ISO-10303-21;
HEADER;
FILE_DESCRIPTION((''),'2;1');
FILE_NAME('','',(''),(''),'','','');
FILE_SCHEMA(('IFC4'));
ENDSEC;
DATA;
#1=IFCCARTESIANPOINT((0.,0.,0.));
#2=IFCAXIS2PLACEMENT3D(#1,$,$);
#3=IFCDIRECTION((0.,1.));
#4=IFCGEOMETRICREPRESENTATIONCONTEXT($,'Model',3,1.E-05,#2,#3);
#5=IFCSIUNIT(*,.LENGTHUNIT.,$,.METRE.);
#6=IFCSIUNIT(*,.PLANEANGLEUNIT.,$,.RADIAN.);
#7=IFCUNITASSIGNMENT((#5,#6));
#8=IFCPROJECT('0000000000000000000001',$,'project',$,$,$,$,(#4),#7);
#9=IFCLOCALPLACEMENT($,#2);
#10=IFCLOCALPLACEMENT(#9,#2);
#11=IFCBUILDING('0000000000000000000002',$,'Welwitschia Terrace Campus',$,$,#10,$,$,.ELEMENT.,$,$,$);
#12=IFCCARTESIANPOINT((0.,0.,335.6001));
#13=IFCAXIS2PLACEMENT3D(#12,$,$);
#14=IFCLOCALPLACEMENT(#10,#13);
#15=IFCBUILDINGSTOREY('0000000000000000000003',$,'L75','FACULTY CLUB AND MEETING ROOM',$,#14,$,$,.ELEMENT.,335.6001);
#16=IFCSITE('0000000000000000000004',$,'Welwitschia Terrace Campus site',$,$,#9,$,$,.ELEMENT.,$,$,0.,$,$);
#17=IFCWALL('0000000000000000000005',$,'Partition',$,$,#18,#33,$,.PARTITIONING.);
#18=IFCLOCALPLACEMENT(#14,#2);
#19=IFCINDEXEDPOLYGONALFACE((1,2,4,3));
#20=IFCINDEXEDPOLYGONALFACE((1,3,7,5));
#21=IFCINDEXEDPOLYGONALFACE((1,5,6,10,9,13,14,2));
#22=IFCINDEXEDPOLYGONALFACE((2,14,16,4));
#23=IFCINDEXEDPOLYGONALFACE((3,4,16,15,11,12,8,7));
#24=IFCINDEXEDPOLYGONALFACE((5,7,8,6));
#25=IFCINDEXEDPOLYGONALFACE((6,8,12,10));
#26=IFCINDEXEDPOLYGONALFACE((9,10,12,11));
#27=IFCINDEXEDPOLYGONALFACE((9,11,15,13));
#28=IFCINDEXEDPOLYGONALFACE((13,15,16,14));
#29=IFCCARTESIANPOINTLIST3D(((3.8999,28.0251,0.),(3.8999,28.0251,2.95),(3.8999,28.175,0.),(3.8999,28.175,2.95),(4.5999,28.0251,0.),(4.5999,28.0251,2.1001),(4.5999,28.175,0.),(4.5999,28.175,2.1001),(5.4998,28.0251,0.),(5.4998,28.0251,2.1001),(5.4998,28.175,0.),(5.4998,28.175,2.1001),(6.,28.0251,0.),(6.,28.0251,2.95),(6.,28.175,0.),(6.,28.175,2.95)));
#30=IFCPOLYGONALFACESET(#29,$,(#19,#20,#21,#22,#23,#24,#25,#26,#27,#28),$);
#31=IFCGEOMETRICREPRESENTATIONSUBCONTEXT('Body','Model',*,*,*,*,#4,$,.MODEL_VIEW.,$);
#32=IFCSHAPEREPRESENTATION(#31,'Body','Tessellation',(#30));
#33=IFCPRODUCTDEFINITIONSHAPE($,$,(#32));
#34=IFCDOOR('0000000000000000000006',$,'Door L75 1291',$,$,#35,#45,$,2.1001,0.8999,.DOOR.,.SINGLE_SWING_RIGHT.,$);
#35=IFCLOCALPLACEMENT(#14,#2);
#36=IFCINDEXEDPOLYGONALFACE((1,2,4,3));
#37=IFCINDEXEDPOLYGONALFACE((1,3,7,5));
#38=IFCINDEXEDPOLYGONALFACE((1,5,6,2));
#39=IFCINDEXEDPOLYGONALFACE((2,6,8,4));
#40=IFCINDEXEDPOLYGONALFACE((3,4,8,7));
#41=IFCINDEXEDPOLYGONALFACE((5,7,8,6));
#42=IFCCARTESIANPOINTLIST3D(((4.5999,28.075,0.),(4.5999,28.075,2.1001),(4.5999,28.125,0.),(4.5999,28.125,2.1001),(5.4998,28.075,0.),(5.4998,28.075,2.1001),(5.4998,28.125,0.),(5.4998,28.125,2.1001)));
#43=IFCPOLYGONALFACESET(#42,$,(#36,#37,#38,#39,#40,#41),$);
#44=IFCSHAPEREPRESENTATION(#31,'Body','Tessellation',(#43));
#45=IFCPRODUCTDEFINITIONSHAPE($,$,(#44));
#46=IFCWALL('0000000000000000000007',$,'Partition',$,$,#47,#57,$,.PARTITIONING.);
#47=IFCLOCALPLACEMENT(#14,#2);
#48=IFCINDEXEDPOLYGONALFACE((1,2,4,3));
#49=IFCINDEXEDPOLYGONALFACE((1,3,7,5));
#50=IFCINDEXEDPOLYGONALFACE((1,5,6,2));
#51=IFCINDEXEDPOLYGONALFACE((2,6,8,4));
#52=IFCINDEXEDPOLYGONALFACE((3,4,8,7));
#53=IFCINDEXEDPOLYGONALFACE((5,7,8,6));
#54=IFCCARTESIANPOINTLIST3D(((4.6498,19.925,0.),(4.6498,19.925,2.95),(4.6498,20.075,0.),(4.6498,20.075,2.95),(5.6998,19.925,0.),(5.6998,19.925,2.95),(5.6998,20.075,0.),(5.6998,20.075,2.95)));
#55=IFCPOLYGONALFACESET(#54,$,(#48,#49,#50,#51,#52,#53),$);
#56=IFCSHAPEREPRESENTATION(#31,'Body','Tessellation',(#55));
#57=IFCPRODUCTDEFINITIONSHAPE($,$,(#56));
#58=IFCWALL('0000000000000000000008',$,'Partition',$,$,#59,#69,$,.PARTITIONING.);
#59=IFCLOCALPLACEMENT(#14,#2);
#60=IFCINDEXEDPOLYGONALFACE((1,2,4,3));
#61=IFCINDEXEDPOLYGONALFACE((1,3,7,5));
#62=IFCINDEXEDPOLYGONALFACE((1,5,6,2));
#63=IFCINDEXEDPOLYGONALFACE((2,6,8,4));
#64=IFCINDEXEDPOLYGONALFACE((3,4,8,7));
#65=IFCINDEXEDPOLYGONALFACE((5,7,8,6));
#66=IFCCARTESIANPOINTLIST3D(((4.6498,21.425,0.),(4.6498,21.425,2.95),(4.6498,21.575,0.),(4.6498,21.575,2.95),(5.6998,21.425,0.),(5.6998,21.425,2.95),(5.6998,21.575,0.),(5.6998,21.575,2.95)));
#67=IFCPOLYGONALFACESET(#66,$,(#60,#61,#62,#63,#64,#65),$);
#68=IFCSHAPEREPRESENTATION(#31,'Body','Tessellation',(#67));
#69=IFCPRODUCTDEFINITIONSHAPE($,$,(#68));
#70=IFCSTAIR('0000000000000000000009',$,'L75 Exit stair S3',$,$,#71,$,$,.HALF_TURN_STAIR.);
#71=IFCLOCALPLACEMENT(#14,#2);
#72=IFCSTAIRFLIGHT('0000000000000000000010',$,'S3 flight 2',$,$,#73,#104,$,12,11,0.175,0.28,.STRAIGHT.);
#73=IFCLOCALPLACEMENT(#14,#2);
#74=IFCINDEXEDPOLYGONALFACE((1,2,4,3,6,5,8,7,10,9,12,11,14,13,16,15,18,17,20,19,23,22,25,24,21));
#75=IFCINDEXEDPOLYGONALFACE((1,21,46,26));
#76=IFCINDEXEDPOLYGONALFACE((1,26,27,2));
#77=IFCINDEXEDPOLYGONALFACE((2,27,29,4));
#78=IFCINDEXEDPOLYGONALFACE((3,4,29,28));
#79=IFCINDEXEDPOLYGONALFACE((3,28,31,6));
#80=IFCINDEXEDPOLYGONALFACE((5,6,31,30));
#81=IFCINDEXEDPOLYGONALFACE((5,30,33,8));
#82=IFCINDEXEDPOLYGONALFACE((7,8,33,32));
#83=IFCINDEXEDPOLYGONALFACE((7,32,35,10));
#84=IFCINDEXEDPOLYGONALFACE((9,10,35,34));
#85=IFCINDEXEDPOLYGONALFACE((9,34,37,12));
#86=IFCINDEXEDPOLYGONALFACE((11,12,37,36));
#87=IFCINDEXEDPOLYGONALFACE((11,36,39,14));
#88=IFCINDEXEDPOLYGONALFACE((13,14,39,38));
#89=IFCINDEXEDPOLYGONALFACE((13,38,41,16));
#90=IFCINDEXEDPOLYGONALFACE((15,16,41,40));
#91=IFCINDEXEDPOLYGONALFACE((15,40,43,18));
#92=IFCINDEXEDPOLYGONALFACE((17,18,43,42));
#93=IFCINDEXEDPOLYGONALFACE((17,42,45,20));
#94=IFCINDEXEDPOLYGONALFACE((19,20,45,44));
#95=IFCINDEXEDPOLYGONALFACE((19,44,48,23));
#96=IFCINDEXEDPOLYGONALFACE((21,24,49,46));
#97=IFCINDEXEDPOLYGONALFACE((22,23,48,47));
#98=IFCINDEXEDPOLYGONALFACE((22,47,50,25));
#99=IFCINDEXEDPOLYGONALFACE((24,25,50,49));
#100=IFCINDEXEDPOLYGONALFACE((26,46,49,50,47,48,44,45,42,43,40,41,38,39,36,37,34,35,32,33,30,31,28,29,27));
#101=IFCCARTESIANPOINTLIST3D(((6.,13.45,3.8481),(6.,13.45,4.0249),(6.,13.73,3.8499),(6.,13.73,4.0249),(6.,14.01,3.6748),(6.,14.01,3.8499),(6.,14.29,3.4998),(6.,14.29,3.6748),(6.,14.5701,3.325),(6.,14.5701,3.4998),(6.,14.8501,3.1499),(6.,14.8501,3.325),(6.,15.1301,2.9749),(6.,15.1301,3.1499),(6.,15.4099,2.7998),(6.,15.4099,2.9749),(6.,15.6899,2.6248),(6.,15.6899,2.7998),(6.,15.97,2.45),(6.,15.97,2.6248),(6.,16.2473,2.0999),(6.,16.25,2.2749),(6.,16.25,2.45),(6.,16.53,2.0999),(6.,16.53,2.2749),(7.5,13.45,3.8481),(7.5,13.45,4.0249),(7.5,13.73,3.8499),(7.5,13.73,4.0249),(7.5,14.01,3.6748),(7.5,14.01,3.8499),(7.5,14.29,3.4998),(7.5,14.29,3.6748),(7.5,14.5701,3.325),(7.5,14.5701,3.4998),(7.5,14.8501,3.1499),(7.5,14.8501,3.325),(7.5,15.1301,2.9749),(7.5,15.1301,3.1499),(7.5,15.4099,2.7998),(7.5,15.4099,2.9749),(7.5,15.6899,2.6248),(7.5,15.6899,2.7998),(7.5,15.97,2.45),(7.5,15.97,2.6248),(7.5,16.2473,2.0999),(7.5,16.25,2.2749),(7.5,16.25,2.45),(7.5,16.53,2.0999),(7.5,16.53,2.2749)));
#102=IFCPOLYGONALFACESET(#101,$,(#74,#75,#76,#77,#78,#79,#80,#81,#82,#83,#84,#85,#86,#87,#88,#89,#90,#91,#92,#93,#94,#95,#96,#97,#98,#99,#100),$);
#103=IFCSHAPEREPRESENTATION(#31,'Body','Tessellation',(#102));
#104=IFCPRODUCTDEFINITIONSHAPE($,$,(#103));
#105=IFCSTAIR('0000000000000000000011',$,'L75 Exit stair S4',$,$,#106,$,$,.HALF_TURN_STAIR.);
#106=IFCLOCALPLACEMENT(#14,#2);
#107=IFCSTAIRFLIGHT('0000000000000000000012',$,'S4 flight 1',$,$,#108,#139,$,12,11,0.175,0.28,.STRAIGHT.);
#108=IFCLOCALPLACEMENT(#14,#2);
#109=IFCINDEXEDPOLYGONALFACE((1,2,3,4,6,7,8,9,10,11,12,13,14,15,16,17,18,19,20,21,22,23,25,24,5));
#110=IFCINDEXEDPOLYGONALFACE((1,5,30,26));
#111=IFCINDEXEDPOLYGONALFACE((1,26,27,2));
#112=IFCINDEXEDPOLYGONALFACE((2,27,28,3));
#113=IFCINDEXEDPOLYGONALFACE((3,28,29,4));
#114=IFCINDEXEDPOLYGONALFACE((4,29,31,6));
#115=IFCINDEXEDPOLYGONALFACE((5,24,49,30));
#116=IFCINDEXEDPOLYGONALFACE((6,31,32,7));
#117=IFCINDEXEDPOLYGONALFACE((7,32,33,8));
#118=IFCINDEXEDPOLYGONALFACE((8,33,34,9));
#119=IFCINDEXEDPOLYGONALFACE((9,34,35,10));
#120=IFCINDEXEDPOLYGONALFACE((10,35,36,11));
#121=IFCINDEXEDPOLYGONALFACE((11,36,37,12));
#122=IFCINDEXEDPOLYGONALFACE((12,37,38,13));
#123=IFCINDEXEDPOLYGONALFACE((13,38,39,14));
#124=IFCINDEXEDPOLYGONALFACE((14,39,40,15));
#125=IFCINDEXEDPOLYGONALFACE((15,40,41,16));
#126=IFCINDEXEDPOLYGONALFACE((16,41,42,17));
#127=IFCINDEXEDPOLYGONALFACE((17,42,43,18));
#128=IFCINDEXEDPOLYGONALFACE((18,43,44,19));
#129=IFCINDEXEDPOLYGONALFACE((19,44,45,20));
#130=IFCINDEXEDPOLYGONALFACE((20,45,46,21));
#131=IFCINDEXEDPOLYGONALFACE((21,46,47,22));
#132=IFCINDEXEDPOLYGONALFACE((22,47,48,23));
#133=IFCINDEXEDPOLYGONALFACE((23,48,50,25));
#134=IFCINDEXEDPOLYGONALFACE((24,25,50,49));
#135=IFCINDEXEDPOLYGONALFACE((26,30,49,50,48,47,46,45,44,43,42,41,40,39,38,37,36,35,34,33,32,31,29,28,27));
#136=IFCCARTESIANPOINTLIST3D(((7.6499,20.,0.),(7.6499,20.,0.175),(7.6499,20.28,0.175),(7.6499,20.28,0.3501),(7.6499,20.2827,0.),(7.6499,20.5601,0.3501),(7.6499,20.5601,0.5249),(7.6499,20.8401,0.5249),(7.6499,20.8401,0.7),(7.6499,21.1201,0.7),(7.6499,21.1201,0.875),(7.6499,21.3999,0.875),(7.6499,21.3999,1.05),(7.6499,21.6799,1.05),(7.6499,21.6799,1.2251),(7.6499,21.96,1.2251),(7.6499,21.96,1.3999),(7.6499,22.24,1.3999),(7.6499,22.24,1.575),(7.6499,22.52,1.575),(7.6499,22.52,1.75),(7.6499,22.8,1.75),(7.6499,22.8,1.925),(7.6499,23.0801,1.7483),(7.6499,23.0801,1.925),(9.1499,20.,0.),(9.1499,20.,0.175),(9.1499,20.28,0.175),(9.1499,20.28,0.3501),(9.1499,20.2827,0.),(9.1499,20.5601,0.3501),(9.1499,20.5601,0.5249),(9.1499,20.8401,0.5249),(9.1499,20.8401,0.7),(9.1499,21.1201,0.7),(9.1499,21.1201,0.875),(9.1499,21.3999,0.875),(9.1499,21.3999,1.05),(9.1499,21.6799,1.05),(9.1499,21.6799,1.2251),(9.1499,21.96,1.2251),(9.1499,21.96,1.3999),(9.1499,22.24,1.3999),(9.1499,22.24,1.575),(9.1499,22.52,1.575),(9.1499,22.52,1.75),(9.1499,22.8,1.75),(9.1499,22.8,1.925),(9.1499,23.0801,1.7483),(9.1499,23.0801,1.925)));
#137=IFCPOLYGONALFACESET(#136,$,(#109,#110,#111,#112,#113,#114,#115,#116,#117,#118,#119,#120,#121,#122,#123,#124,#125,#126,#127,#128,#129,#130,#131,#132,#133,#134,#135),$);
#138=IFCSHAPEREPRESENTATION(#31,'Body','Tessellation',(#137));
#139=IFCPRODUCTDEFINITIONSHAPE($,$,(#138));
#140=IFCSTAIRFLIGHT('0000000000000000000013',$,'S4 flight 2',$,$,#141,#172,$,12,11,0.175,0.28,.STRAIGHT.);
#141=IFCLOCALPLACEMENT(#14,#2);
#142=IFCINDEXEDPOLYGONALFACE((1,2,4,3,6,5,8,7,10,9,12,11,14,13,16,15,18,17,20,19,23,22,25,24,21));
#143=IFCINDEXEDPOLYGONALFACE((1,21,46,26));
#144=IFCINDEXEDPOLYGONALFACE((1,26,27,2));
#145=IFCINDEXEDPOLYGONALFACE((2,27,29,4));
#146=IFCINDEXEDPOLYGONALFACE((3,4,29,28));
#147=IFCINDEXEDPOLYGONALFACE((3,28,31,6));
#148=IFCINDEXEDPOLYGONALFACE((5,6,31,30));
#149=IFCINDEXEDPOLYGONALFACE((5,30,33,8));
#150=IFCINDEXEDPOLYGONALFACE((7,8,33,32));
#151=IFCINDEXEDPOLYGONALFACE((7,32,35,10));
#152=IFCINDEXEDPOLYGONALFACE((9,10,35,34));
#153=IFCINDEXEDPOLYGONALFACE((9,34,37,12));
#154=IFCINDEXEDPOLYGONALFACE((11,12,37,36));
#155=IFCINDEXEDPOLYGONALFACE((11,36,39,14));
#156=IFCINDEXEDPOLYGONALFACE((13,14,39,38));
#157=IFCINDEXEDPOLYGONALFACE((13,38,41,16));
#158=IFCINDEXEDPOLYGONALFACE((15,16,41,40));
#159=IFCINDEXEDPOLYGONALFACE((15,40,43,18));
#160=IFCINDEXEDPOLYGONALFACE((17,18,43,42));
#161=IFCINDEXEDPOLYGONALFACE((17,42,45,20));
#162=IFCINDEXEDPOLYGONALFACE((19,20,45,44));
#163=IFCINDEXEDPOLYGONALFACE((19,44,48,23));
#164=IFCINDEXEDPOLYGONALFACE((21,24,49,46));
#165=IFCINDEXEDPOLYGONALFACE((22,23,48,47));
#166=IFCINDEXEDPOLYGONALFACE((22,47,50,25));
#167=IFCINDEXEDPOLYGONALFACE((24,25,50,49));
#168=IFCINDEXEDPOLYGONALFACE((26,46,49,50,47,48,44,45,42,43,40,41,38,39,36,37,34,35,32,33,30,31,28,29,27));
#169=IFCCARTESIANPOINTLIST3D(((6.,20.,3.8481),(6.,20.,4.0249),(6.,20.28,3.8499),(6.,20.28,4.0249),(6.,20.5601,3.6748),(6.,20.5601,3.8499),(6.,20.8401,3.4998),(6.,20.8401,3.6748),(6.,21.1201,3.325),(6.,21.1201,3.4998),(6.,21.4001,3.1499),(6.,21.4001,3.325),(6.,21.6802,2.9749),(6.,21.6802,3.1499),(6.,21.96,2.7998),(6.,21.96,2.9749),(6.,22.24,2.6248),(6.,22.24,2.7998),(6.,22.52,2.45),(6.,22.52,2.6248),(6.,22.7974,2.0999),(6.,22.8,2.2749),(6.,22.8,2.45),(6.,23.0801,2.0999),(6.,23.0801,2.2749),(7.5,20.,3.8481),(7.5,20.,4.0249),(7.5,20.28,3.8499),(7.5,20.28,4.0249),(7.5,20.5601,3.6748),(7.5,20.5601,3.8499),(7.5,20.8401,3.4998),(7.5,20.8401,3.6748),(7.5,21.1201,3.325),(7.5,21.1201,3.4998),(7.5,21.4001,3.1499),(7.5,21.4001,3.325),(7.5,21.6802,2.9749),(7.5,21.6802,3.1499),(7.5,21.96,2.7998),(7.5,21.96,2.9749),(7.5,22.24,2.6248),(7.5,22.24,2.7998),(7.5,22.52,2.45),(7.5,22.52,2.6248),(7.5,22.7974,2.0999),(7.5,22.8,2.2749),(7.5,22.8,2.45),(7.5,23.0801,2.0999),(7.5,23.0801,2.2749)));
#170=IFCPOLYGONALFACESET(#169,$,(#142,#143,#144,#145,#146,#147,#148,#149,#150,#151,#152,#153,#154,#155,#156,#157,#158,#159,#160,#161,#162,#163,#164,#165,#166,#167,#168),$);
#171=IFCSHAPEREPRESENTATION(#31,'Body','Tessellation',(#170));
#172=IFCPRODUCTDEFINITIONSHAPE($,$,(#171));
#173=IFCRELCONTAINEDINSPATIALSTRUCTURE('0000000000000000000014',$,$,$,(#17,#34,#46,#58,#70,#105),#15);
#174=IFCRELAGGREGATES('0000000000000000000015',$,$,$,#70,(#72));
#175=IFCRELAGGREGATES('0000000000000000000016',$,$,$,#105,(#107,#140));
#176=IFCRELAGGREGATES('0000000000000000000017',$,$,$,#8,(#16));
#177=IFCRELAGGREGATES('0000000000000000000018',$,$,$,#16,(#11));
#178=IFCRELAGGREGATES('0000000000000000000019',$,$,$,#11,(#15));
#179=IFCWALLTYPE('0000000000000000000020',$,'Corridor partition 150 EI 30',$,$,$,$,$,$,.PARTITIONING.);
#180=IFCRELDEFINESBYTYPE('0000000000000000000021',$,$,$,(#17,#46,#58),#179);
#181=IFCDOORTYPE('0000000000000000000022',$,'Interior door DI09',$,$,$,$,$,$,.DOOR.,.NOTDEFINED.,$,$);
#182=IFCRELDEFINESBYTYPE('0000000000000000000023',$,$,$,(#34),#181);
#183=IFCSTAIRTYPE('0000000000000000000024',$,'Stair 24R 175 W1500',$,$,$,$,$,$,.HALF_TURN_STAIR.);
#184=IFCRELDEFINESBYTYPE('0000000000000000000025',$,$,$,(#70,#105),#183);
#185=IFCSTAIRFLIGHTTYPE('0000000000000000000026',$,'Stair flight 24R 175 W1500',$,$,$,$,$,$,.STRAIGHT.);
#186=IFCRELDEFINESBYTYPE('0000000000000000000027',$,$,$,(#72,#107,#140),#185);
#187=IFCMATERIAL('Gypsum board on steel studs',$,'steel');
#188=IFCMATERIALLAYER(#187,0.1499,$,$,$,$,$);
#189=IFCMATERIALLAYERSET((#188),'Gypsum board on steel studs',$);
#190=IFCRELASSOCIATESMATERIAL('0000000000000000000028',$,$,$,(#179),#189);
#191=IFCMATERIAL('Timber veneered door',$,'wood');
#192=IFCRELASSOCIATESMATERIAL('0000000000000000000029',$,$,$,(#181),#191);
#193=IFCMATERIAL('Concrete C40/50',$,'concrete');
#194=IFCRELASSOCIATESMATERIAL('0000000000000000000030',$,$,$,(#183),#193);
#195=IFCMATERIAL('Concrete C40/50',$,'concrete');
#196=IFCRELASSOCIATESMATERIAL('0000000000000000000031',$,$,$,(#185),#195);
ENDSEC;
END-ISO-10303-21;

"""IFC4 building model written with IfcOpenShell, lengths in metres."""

from ifc_helpers import new_model, si_unit, direction, frame, frame_2d, origin, place, context, subcontext, project, spatial, polyline, rectangle, outline, extrude, material, layer, layer_set, type_object, element, fill, aggregate, save


model = new_model("IFC4")

# Units and contexts
model_context = context("Model", 3, precision=1e-05, world=origin(), true_north=direction((0.0, 1.0)))
body_context = subcontext(model_context, "Body", "Model", "MODEL_VIEW")
ifc_project = project(units=[si_unit("LENGTHUNIT", "METRE"), si_unit("PLANEANGLEUNIT", "RADIAN")], contexts=[model_context])

# Site, building, storey
site_placement = place(None, origin())
site = spatial("IfcSite", under=ifc_project, at=site_placement, Name="Welwitschia Terrace Campus site", CompositionType="ELEMENT", RefElevation=0.0)
building_placement = place(site_placement, origin())
building = spatial("IfcBuilding", under=site, at=building_placement, Name="Welwitschia Terrace Campus", CompositionType="ELEMENT")
storey_placement = place(building_placement, frame((0.0, 0.0, 335.6001)))
storey = spatial("IfcBuildingStorey", under=building, at=storey_placement, Name="L75", Description="FACULTY CLUB AND MEETING ROOM", CompositionType="ELEMENT", Elevation=335.6001)

# Shared definitions
ifc_material_1 = material(Name="Gypsum board on steel studs", Category="steel")
ifc_layer_1 = layer(ifc_material_1, 0.1499)
ifc_layer_set_1 = layer_set([ifc_layer_1], Name="Gypsum board on steel studs")
wall_type_1 = type_object("IfcWallType", Name="Corridor partition 150 EI 30", PredefinedType="PARTITIONING", material=ifc_layer_set_1)

# Wall, opening, door
wall_1_placement = place(storey_placement, frame((3.8999, 28.1001, 0.0), z_axis=(0.0, 0.0, 1.0), x_axis=(1.0, 0.0, 0.0)))
wall_1 = element("IfcWall", 1, at=wall_1_placement, inside=storey, type_object=wall_type_1, Name="Partition", PredefinedType="PARTITIONING", context=body_context, shape_type="SweptSolid", body=[
    extrude(rectangle(XDim=2.1001, YDim=0.1499, at=frame_2d((1.05, 0.0))), origin(), (0.0, 0.0, 1.0), 2.95),
])
opening_placement = place(wall_1_placement, frame((0.7, 0.0, 0.0)))
opening = element("IfcOpeningElement", 2, at=opening_placement, cuts=wall_1, PredefinedType="OPENING", context=body_context, shape_type="SweptSolid", body=[
    extrude(rectangle(XDim=0.8999, YDim=2.1001, at=frame_2d((0.45, 1.05))), frame((0.0, 0.085, 0.0), z_axis=(0.0, -1.0, 0.0), x_axis=(1.0, 0.0, 0.0)), (0.0, 0.0, 1.0), 0.1699),
])
ifc_material_2 = material(Name="Timber veneered door", Category="wood")
door_type = type_object("IfcDoorType", Name="Interior door DI09", OperationType="NOTDEFINED", PredefinedType="DOOR", material=ifc_material_2)
door_placement = place(opening_placement, origin())
door = element("IfcDoor", 3, at=door_placement, inside=storey, type_object=door_type, Name="Door L75 1291", OperationType="SINGLE_SWING_RIGHT", OverallHeight=2.1001, OverallWidth=0.8999, PredefinedType="DOOR", context=body_context, shape_type="SweptSolid", body=[
    extrude(rectangle(XDim=0.8999, YDim=2.1001, at=frame_2d((0.45, 1.05))), frame((0.0, 0.0249, 0.0), z_axis=(0.0, -1.0, 0.0), x_axis=(1.0, 0.0, 0.0)), (0.0, 0.0, 1.0), 0.05),
])
fill(opening, door)

# Walls
for number, where, z_axis, x_axis, name in (
    (4, (4.6499, 20.0, 0.0), (0.0, 0.0, 1.0), (1.0, 0.0, 0.0), "Partition"),
    (5, (4.6499, 21.5, 0.0), (0.0, 0.0, 1.0), (1.0, 0.0, 0.0), "Partition"),
):
    element("IfcWall", number, at=place(storey_placement, frame(where, z_axis=z_axis, x_axis=x_axis)), inside=storey, type_object=wall_type_1, Name=name, PredefinedType="PARTITIONING", context=body_context, shape_type="SweptSolid", body=[
        extrude(rectangle(XDim=1.05, YDim=0.1499, at=frame_2d((0.5249, 0.0))), origin(), (0.0, 0.0, 1.0), 2.95),
    ])

# Stair, stair flight
ifc_material_3 = material(Name="Concrete C40/50", Category="concrete")
stair_type = type_object("IfcStairType", Name="Stair 24R 175 W1500", PredefinedType="HALF_TURN_STAIR", material=ifc_material_3)
stair_1_placement = place(storey_placement, origin())
stair_1 = element("IfcStair", 6, at=stair_1_placement, inside=storey, type_object=stair_type, Name="L75 Exit stair S3", PredefinedType="HALF_TURN_STAIR")
ifc_material_4 = material(Name="Concrete C40/50", Category="concrete")
stair_flight_type = type_object("IfcStairFlightType", Name="Stair flight 24R 175 W1500", PredefinedType="STRAIGHT", material=ifc_material_4)
stair_flight_1_placement = place(storey_placement, frame((6.75, 16.53, 2.0999), z_axis=(0.0, 0.0, 1.0), x_axis=(0.0, -1.0, 0.0)))
stair_flight_1 = element("IfcStairFlight", 7, at=stair_flight_1_placement, type_object=stair_flight_type, Name="S3 flight 2", NumberOfRisers=12, NumberOfTreads=11, PredefinedType="STRAIGHT", RiserHeight=0.175, TreadLength=0.28, context=body_context, shape_type="SweptSolid", body=[
    extrude(outline(polyline([(0.0, 0.0), (0.0, 0.175), (0.28, 0.175), (0.28, 0.3501), (0.5601, 0.3501), (0.5601, 0.5249), (0.8401, 0.5249), (0.8401, 0.7), (1.1201, 0.7), (1.1201, 0.875), (1.3999, 0.875), (1.3999, 1.05), (1.6799, 1.05), (1.6799, 1.2251), (1.96, 1.2251), (1.96, 1.3999), (2.24, 1.3999), (2.24, 1.575), (2.52, 1.575), (2.52, 1.75), (2.8, 1.75), (2.8, 1.925), (3.0801, 1.925), (3.0801, 2.1001), (3.0801, 1.7483), (0.2827, 0.0), (0.0, 0.0)])), frame((0.0, 0.75, 0.0), z_axis=(0.0, -1.0, 0.0), x_axis=(1.0, 0.0, 0.0)), (0.0, 0.0, 1.0), 1.5),
])
aggregate(stair_1, [stair_flight_1])

# Stair, stair flights
stair_2_placement = place(storey_placement, origin())
stair_2 = element("IfcStair", 8, at=stair_2_placement, inside=storey, type_object=stair_type, Name="L75 Exit stair S4", PredefinedType="HALF_TURN_STAIR")
stair_flight_2_placement = place(storey_placement, frame((8.3999, 20.0, 0.0), z_axis=(0.0, 0.0, 1.0), x_axis=(0.0, 1.0, 0.0)))
stair_flight_2 = element("IfcStairFlight", 9, at=stair_flight_2_placement, type_object=stair_flight_type, Name="S4 flight 1", NumberOfRisers=12, NumberOfTreads=11, PredefinedType="STRAIGHT", RiserHeight=0.175, TreadLength=0.28, context=body_context, shape_type="SweptSolid", body=[
    extrude(outline(polyline([(0.0, 0.0), (0.0, 0.175), (0.28, 0.175), (0.28, 0.3501), (0.5601, 0.3501), (0.5601, 0.5249), (0.8401, 0.5249), (0.8401, 0.7), (1.1201, 0.7), (1.1201, 0.875), (1.3999, 0.875), (1.3999, 1.05), (1.6799, 1.05), (1.6799, 1.2251), (1.96, 1.2251), (1.96, 1.3999), (2.24, 1.3999), (2.24, 1.575), (2.52, 1.575), (2.52, 1.75), (2.8, 1.75), (2.8, 1.925), (3.0801, 1.925), (3.0801, 2.1001), (3.0801, 1.7483), (0.2827, 0.0), (0.0, 0.0)])), frame((0.0, 0.75, 0.0), z_axis=(0.0, -1.0, 0.0), x_axis=(1.0, 0.0, 0.0)), (0.0, 0.0, 1.0), 1.5),
])
stair_flight_3_placement = place(storey_placement, frame((6.75, 23.0801, 2.0999), z_axis=(0.0, 0.0, 1.0), x_axis=(0.0, -1.0, 0.0)))
stair_flight_3 = element("IfcStairFlight", 10, at=stair_flight_3_placement, type_object=stair_flight_type, Name="S4 flight 2", NumberOfRisers=12, NumberOfTreads=11, PredefinedType="STRAIGHT", RiserHeight=0.175, TreadLength=0.28, context=body_context, shape_type="SweptSolid", body=[
    extrude(outline(polyline([(0.0, 0.0), (0.0, 0.175), (0.28, 0.175), (0.28, 0.3501), (0.5601, 0.3501), (0.5601, 0.5249), (0.8401, 0.5249), (0.8401, 0.7), (1.1201, 0.7), (1.1201, 0.875), (1.3999, 0.875), (1.3999, 1.05), (1.6799, 1.05), (1.6799, 1.2251), (1.96, 1.2251), (1.96, 1.3999), (2.24, 1.3999), (2.24, 1.575), (2.52, 1.575), (2.52, 1.75), (2.8, 1.75), (2.8, 1.925), (3.0801, 1.925), (3.0801, 2.1001), (3.0801, 1.7483), (0.2827, 0.0), (0.0, 0.0)])), frame((0.0, 0.75, 0.0), z_axis=(0.0, -1.0, 0.0), x_axis=(1.0, 0.0, 0.0)), (0.0, 0.0, 1.0), 1.5),
])
aggregate(stair_2, [stair_flight_2, stair_flight_3])

save(model, "model.ifc")
